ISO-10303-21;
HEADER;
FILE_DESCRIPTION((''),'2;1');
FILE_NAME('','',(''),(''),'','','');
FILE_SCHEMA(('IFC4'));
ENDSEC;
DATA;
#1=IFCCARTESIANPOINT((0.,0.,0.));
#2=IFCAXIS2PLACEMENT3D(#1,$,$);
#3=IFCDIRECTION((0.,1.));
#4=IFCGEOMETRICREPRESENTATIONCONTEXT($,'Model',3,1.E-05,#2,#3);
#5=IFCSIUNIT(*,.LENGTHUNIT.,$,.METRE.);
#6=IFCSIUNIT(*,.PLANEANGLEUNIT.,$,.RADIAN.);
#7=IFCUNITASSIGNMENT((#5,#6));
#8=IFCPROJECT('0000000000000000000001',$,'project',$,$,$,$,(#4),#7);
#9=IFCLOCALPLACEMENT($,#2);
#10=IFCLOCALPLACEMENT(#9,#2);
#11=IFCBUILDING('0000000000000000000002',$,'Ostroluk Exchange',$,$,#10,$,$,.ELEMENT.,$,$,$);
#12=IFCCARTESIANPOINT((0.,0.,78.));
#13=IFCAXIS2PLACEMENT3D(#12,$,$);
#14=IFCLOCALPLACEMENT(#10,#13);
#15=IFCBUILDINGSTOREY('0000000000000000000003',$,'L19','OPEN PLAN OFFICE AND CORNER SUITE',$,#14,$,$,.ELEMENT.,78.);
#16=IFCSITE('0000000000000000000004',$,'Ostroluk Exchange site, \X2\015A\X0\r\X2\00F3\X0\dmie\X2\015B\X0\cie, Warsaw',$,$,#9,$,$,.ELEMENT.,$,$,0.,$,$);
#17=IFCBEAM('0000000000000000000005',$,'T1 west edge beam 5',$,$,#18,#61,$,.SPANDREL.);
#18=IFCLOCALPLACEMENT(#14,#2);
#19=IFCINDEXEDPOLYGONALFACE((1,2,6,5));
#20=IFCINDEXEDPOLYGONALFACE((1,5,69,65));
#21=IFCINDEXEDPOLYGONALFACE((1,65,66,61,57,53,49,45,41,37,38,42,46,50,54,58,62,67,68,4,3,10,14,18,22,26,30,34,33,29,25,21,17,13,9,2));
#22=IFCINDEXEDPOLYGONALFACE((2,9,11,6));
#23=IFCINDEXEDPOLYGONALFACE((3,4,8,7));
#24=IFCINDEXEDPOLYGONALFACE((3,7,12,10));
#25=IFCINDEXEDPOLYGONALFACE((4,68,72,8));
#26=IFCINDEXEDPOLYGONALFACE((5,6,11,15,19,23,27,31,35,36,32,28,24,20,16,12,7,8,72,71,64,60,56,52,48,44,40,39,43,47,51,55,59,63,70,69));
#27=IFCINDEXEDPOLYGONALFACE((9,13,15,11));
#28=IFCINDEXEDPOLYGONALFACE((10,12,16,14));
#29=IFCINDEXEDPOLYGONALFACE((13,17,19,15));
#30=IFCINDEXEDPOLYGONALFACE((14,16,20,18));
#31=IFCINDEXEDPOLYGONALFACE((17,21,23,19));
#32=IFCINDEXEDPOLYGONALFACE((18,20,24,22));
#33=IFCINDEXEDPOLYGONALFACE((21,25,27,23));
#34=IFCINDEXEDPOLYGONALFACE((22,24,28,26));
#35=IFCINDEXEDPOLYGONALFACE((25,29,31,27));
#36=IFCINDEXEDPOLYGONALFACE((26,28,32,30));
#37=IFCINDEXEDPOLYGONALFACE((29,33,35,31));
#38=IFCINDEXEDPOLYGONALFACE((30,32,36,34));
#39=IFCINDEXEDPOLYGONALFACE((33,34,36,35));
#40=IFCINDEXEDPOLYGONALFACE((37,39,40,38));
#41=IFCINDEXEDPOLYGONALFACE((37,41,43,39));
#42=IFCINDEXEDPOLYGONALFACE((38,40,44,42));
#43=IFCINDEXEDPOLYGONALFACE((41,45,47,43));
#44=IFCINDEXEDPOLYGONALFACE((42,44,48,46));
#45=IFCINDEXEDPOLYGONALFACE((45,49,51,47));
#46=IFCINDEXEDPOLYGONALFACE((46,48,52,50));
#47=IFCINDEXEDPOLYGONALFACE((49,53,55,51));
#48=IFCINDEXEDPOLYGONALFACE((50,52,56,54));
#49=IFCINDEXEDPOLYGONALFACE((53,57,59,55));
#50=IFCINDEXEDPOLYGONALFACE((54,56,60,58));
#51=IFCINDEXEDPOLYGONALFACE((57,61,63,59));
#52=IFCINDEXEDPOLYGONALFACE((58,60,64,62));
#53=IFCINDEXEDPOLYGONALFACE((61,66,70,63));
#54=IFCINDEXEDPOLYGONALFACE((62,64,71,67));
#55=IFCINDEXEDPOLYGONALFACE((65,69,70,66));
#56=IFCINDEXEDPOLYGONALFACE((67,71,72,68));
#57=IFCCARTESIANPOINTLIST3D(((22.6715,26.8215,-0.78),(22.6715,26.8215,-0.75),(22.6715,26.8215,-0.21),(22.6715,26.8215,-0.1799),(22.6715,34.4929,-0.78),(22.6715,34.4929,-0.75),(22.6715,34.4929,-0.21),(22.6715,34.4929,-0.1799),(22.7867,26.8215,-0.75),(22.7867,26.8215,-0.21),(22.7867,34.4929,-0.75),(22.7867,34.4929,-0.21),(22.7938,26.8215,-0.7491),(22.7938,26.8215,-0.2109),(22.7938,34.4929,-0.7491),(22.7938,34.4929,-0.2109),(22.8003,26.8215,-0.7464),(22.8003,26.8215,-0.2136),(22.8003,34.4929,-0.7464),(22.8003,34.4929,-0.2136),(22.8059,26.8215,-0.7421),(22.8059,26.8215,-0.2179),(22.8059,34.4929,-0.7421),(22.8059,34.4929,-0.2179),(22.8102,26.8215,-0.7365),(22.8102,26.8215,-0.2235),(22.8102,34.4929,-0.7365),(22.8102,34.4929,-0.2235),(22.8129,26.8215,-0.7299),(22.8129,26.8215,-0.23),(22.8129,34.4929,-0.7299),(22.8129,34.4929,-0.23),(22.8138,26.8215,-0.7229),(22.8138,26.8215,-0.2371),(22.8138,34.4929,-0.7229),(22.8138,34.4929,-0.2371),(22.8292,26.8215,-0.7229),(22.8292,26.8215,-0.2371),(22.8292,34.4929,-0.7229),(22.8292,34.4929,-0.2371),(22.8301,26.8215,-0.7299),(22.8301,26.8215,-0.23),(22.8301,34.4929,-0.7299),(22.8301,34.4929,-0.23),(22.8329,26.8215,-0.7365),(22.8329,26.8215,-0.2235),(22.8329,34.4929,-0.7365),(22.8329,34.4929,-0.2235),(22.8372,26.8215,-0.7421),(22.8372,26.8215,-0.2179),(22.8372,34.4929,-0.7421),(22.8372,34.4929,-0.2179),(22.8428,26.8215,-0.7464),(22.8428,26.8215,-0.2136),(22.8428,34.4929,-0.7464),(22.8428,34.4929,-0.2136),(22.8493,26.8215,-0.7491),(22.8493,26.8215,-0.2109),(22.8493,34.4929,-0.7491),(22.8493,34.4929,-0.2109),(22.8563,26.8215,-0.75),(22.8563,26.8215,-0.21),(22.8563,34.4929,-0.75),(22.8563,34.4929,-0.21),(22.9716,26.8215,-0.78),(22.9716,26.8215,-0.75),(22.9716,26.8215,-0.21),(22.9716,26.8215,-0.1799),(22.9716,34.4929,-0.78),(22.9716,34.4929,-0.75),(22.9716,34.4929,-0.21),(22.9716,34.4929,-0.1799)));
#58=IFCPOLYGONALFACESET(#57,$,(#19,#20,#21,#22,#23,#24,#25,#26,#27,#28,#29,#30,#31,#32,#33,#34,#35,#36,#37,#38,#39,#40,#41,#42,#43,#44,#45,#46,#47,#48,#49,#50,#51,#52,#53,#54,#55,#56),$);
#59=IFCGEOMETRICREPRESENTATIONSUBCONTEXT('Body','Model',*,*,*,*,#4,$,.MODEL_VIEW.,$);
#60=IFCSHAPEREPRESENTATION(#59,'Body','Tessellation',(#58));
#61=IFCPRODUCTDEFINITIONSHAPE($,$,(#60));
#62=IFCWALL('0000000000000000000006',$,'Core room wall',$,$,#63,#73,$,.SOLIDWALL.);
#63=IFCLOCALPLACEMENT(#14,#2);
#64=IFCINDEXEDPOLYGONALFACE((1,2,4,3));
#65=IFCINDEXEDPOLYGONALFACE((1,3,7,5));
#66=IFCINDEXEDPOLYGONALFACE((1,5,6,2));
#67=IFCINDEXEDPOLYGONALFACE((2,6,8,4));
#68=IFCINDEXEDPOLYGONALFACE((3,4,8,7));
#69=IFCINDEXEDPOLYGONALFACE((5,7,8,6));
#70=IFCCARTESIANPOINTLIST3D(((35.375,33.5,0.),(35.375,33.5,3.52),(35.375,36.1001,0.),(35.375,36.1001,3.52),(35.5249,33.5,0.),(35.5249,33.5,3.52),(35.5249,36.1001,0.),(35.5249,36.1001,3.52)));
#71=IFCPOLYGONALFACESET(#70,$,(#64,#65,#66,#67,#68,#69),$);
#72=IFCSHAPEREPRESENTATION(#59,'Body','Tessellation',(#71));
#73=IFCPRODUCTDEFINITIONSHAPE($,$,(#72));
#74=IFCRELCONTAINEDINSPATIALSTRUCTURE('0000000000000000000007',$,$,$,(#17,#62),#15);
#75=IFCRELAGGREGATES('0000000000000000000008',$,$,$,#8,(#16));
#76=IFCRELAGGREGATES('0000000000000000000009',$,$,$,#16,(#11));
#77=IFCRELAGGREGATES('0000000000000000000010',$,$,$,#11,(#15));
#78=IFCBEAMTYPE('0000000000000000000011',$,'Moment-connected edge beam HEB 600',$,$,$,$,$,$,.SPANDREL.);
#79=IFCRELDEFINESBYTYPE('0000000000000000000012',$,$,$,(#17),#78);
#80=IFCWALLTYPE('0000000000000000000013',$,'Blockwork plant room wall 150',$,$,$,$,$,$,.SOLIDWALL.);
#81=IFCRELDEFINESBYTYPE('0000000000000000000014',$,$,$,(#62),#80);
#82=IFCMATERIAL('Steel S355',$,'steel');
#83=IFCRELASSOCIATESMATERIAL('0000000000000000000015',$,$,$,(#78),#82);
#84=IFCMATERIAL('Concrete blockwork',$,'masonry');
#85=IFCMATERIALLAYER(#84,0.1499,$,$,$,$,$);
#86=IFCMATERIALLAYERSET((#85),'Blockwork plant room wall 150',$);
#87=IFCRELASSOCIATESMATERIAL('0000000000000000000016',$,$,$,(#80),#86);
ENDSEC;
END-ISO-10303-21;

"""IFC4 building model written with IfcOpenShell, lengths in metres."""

from ifc_helpers import new_model, si_unit, direction, frame, frame_2d, origin, origin_2d, place, context, subcontext, project, spatial, rectangle, i_section, extrude, material, layer, layer_set, material_profile, profile_set, type_object, element, save


model = new_model("IFC4")

# Units and contexts
model_context = context("Model", 3, precision=1e-05, world=origin(), true_north=direction((0.0, 1.0)))
body_context = subcontext(model_context, "Body", "Model", "MODEL_VIEW")
ifc_project = project(units=[si_unit("LENGTHUNIT", "METRE"), si_unit("PLANEANGLEUNIT", "RADIAN")], contexts=[model_context])

# Site, building, storey
site_placement = place(None, origin())
site = spatial("IfcSite", under=ifc_project, at=site_placement, Name="Ostroluk Exchange site, Śródmieście, Warsaw", CompositionType="ELEMENT", RefElevation=0.0)
building_placement = place(site_placement, origin())
building = spatial("IfcBuilding", under=site, at=building_placement, Name="Ostroluk Exchange", CompositionType="ELEMENT")
storey_placement = place(building_placement, frame((0.0, 0.0, 78.0)))
storey = spatial("IfcBuildingStorey", under=building, at=storey_placement, Name="L19", Description="OPEN PLAN OFFICE AND CORNER SUITE", CompositionType="ELEMENT", Elevation=78.0)

# Beam
ifc_material_1 = material(Name="Steel S355", Category="steel")
ifc_material_profile_1 = material_profile(ifc_material_1, i_section(OverallWidth=0.3, OverallDepth=0.6001, WebThickness=0.0154, FlangeThickness=0.03, FilletRadius=0.0271, at=origin_2d()), Name="HEB 600")
ifc_profile_set_1 = profile_set([ifc_material_profile_1], Name="Steel S355")
beam_type_1 = type_object("IfcBeamType", Name="Moment-connected edge beam HEB 600", PredefinedType="SPANDREL", material=ifc_profile_set_1)
beam_1_placement = place(storey_placement, frame((22.8215, 34.4929, -0.48), z_axis=(0.0, -1.0, 0.0), x_axis=(1.0, 0.0, 0.0)))
element("IfcBeam", 1, at=beam_1_placement, inside=storey, type_object=beam_type_1, Name="T1 west edge beam 5", PredefinedType="SPANDREL", context=body_context, shape_type="SweptSolid", body=[
    extrude(i_section(OverallWidth=0.3, OverallDepth=0.6001, WebThickness=0.0154, FlangeThickness=0.03, FilletRadius=0.0271, at=origin_2d()), origin(), (0.0, 0.0, 1.0), 7.6714),
])

# Wall
ifc_material_2 = material(Name="Concrete blockwork", Category="masonry")
ifc_layer_1 = layer(ifc_material_2, 0.1499)
ifc_layer_set_1 = layer_set([ifc_layer_1], Name="Blockwork plant room wall 150")
wall_type_1 = type_object("IfcWallType", Name="Blockwork plant room wall 150", PredefinedType="SOLIDWALL", material=ifc_layer_set_1)
wall_1_placement = place(storey_placement, frame((35.45, 33.5, 0.0), z_axis=(0.0, 0.0, 1.0), x_axis=(0.0, 1.0, 0.0)))
element("IfcWall", 2, at=wall_1_placement, inside=storey, type_object=wall_type_1, Name="Core room wall", PredefinedType="SOLIDWALL", context=body_context, shape_type="SweptSolid", body=[
    extrude(rectangle(XDim=2.6001, YDim=0.1499, at=frame_2d((1.3, 0.0))), origin(), (0.0, 0.0, 1.0), 3.52),
])

save(model, "model.ifc")
